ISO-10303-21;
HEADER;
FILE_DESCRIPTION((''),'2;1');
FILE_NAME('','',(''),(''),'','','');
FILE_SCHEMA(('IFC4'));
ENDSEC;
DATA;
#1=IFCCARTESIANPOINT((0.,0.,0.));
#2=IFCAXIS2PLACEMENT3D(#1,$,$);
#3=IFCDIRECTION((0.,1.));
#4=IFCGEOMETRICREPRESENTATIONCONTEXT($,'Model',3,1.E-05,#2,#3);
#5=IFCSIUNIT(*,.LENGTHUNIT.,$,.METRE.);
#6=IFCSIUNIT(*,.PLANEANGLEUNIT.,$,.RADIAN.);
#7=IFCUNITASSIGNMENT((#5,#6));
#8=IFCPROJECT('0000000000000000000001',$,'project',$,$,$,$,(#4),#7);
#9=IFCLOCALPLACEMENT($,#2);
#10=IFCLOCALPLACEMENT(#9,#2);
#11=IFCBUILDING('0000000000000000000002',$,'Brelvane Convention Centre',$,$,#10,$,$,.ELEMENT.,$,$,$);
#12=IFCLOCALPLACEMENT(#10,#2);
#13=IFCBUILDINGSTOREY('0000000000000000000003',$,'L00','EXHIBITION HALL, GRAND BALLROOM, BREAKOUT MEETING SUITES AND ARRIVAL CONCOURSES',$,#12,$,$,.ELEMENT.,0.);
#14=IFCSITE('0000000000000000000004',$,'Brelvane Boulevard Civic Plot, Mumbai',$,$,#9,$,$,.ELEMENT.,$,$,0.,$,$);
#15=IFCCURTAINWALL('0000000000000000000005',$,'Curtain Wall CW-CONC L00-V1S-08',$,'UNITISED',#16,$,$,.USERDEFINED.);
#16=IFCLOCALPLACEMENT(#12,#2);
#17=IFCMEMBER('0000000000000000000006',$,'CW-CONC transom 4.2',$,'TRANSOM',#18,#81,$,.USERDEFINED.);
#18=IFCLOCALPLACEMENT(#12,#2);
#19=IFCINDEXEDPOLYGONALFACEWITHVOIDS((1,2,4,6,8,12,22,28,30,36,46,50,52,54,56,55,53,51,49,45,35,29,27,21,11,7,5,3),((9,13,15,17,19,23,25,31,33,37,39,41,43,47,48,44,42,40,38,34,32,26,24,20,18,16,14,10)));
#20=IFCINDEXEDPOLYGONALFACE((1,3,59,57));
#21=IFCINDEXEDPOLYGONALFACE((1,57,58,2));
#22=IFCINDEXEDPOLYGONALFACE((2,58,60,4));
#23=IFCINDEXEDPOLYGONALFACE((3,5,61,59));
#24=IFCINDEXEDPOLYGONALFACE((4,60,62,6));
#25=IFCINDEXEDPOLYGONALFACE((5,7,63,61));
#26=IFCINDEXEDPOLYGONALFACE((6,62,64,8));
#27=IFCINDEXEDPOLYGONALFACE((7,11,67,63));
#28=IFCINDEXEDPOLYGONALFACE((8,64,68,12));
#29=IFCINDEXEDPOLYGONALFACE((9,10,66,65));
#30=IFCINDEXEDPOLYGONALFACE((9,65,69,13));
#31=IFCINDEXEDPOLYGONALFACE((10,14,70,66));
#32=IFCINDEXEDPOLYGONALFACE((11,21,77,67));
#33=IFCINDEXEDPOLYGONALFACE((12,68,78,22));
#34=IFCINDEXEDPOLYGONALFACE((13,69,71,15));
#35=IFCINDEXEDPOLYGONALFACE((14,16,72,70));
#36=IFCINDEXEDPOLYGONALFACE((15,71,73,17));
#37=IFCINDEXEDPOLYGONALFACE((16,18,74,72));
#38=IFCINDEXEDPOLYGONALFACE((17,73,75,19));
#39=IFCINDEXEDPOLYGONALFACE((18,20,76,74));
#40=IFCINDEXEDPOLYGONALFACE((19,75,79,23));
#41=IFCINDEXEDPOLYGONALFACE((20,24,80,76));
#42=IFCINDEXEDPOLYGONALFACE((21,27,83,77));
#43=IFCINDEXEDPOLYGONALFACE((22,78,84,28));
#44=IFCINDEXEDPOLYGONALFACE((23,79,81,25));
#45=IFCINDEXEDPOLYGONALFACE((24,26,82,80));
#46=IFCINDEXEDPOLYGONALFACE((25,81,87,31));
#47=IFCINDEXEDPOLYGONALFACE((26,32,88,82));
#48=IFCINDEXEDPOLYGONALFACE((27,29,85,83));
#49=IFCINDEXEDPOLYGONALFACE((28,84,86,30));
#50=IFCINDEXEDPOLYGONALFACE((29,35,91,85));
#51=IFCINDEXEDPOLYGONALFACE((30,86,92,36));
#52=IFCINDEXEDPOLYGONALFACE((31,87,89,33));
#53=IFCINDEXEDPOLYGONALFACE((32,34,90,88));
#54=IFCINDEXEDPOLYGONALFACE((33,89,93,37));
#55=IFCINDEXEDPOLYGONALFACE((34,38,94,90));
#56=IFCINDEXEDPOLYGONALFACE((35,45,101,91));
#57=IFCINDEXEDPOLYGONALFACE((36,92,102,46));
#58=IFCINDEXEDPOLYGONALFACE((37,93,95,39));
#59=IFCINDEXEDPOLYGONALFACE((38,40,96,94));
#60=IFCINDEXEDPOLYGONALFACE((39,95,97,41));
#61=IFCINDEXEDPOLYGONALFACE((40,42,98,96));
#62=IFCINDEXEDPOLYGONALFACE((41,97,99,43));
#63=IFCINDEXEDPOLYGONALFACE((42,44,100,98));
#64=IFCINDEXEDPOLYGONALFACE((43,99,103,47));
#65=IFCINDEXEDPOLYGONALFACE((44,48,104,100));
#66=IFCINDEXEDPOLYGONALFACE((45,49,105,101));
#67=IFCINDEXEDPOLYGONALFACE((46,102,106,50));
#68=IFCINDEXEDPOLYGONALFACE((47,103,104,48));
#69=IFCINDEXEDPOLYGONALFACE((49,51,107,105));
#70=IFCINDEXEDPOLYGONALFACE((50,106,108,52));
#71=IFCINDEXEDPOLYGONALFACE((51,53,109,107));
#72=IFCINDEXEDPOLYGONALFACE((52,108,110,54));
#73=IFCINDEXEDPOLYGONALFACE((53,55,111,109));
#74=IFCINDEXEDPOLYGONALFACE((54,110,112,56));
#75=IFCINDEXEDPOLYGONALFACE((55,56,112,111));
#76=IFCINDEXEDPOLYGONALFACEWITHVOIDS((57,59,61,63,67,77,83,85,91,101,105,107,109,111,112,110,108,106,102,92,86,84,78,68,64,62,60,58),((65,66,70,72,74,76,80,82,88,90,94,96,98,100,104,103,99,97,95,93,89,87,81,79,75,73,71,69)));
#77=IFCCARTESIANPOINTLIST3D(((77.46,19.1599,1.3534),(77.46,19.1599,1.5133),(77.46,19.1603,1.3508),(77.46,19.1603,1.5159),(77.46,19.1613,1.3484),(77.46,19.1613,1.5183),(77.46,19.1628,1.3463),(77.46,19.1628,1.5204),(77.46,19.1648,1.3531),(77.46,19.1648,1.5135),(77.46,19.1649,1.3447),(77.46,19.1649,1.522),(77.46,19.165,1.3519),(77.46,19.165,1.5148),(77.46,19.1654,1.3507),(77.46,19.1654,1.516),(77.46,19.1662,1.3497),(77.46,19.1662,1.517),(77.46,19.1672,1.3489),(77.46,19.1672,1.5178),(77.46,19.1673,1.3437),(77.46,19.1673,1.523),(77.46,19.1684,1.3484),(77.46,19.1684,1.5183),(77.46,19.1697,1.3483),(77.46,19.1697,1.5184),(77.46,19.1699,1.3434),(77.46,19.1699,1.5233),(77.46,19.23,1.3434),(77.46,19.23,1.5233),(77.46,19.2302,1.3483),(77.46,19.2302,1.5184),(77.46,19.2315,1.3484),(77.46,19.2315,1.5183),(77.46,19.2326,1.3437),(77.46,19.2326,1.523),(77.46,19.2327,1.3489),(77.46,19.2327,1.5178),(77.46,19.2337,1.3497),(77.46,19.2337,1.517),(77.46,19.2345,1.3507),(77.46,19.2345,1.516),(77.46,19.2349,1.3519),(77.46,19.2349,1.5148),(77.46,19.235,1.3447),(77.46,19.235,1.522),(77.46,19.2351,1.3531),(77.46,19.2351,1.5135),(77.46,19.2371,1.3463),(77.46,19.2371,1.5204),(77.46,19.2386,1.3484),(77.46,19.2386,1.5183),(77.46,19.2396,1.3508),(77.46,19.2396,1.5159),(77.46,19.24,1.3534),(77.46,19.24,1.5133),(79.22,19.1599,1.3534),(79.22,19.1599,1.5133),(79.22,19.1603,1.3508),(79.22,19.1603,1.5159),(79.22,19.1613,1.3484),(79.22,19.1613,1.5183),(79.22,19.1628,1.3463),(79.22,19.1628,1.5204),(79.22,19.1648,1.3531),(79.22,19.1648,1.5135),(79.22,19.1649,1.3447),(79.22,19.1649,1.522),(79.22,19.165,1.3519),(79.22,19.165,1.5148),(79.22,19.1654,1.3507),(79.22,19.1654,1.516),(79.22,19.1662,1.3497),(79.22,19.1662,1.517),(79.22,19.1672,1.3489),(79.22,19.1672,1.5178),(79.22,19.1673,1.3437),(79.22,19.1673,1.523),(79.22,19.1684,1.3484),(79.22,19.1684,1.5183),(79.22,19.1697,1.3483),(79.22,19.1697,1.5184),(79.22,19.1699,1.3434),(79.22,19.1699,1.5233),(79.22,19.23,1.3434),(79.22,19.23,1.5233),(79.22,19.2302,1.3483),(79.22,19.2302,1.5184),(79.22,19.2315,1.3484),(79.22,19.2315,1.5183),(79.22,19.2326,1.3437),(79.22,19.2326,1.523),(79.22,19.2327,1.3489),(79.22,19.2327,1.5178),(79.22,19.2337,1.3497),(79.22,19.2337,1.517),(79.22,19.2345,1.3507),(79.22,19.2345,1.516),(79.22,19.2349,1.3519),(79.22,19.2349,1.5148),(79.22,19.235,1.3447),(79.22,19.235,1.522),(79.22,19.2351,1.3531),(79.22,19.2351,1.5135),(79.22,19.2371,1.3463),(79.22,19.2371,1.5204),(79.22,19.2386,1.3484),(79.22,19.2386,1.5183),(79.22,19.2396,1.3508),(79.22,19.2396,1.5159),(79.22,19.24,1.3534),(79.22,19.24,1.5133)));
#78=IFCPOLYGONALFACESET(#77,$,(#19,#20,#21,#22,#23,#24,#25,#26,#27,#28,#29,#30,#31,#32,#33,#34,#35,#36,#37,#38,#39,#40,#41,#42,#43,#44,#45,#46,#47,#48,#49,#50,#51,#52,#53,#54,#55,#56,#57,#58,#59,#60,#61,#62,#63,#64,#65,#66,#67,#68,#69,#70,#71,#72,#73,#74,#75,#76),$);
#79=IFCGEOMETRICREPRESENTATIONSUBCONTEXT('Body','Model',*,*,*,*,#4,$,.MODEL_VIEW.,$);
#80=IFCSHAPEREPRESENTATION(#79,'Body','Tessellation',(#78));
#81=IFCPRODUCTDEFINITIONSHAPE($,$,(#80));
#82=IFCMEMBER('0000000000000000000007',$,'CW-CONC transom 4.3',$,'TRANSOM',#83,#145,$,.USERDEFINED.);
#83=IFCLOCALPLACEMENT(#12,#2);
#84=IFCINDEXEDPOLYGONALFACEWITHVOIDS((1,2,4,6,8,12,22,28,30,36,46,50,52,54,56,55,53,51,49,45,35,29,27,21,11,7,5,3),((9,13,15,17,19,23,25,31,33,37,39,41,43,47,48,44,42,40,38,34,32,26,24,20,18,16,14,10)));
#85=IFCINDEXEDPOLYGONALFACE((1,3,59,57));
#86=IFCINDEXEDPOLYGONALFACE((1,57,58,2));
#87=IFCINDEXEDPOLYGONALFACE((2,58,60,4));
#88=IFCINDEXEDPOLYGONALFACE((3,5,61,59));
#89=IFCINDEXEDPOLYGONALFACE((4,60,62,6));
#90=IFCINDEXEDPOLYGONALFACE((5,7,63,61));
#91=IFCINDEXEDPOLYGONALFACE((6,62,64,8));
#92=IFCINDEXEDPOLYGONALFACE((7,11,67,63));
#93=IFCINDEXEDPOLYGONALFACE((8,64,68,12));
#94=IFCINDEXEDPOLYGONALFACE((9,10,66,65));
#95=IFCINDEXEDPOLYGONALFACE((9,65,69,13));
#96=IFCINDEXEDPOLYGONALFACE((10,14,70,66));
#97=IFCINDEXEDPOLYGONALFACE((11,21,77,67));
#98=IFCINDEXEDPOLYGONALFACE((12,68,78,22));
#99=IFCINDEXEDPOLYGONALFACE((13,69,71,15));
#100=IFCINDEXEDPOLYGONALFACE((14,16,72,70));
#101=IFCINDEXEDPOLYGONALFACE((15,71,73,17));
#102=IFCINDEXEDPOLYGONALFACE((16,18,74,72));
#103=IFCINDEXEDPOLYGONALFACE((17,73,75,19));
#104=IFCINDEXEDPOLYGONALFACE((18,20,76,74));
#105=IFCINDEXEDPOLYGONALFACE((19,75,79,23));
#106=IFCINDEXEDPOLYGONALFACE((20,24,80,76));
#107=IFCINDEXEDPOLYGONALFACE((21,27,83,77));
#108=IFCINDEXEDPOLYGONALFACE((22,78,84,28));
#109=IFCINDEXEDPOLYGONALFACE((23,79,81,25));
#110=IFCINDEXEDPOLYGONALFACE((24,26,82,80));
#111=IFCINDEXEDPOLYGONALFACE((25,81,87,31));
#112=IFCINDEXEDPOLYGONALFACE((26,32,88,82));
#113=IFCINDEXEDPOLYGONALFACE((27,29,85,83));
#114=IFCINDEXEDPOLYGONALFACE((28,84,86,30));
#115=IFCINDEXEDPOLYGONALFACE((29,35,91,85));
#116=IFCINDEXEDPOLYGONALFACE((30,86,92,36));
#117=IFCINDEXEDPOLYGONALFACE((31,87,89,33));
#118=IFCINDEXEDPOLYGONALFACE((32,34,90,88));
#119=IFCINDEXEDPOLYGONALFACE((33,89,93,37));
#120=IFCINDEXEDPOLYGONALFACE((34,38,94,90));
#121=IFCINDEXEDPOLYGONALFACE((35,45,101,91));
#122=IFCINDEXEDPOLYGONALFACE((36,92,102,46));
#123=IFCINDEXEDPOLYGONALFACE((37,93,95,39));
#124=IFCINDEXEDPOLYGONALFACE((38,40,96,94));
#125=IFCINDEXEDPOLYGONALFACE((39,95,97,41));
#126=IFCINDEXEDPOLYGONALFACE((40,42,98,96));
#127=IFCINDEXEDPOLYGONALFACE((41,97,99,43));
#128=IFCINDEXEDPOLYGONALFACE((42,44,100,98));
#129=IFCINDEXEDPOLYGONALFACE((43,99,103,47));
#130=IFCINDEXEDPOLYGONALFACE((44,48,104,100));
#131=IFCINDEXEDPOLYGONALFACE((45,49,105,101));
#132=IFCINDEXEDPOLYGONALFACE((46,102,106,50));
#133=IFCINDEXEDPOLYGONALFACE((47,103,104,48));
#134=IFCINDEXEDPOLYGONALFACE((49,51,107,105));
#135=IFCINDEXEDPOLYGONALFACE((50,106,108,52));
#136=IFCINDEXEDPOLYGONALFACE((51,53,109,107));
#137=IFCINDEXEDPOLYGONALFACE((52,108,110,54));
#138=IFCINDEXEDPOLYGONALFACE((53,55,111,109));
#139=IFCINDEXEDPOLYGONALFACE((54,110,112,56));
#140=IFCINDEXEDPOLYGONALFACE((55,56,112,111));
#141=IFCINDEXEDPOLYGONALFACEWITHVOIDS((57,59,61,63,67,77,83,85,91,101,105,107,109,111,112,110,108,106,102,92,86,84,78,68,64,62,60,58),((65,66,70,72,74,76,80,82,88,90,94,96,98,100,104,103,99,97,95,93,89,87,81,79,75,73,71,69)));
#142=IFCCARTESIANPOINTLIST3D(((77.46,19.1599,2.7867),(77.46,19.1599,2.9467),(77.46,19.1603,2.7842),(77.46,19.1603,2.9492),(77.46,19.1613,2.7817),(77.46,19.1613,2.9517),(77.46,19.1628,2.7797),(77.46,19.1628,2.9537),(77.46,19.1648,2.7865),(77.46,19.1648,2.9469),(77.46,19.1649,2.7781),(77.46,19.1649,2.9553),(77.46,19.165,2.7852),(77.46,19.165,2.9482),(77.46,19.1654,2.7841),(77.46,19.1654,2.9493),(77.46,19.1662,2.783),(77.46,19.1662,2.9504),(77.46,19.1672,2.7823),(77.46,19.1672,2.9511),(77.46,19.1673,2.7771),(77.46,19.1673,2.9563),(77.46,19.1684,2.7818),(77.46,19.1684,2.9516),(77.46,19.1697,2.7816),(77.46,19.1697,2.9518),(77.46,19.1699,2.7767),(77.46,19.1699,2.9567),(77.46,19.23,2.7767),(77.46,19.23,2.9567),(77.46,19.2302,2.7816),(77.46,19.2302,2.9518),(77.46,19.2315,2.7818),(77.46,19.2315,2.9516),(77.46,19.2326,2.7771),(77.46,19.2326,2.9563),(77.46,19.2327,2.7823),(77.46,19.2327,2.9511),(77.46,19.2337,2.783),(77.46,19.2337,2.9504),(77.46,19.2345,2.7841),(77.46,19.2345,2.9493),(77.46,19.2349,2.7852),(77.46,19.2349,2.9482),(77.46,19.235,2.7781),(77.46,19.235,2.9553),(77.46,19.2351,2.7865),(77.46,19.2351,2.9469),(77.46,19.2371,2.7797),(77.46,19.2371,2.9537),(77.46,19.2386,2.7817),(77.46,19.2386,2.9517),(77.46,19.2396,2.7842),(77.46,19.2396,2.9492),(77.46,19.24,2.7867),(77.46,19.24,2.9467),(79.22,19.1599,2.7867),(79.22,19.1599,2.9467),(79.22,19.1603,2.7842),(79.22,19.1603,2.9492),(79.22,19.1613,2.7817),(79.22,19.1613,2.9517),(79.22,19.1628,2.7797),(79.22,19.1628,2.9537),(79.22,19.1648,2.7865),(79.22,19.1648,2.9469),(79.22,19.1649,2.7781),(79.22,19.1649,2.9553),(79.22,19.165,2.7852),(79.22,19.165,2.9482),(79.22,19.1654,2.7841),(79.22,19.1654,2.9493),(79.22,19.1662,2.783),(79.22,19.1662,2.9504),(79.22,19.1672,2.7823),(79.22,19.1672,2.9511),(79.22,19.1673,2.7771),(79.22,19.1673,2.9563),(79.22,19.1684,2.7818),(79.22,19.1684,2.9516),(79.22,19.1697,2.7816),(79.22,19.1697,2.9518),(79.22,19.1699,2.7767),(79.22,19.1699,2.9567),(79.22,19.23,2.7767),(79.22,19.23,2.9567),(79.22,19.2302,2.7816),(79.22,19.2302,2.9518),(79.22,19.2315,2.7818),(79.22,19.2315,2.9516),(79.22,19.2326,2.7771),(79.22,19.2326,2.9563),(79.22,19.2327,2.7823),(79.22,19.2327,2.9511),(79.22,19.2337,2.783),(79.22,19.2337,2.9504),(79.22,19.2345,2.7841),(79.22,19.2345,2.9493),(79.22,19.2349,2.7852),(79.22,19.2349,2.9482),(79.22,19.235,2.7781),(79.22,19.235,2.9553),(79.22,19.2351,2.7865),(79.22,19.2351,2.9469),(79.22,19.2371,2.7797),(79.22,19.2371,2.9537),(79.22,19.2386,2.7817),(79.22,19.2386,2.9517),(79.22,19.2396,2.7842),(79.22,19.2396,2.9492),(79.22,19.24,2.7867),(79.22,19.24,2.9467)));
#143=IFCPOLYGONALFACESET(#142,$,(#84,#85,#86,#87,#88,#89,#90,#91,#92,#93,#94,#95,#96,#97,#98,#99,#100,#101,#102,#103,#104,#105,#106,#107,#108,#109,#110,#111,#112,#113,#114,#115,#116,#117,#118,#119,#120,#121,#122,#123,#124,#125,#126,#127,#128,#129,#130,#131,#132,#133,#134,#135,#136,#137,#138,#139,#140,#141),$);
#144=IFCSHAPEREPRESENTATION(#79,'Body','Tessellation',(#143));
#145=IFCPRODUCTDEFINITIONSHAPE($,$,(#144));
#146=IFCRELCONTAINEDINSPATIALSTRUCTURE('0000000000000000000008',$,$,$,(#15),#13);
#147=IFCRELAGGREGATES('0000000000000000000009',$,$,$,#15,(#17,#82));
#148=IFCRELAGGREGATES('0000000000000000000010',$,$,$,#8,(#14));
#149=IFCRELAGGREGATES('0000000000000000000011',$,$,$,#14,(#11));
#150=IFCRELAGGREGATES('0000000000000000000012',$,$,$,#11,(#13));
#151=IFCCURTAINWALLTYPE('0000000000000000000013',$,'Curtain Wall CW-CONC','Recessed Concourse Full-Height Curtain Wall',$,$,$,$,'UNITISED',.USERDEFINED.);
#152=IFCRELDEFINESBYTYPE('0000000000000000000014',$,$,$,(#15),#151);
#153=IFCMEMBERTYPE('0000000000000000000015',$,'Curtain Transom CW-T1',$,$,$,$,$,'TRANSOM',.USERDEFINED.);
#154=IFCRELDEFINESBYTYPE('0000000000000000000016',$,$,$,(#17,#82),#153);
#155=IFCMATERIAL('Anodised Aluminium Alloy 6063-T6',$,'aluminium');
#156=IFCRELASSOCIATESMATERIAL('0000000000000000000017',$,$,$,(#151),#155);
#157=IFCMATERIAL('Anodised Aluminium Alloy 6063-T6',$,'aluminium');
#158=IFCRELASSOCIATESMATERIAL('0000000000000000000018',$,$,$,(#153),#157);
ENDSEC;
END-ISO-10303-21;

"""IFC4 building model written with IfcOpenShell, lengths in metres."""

from ifc_helpers import new_model, si_unit, direction, frame, origin, origin_2d, place, context, subcontext, project, spatial, hollow_rectangle, extrude, material, material_profile, profile_set, type_object, element, aggregate, save


model = new_model("IFC4")

# Units and contexts
model_context = context("Model", 3, precision=1e-05, world=origin(), true_north=direction((0.0, 1.0)))
body_context = subcontext(model_context, "Body", "Model", "MODEL_VIEW")
ifc_project = project(units=[si_unit("LENGTHUNIT", "METRE"), si_unit("PLANEANGLEUNIT", "RADIAN")], contexts=[model_context])

# Site, building, storey
site_placement = place(None, origin())
site = spatial("IfcSite", under=ifc_project, at=site_placement, Name="Brelvane Boulevard Civic Plot, Mumbai", CompositionType="ELEMENT", RefElevation=0.0)
building_placement = place(site_placement, origin())
building = spatial("IfcBuilding", under=site, at=building_placement, Name="Brelvane Convention Centre", CompositionType="ELEMENT")
storey_placement = place(building_placement, origin())
storey = spatial("IfcBuildingStorey", under=building, at=storey_placement, Name="L00", Description="EXHIBITION HALL, GRAND BALLROOM, BREAKOUT MEETING SUITES AND ARRIVAL CONCOURSES", CompositionType="ELEMENT", Elevation=0.0)

# Curtain wall, members
ifc_material_1 = material(Name="Anodised Aluminium Alloy 6063-T6", Category="aluminium")
curtain_wall_type = type_object("IfcCurtainWallType", Name="Curtain Wall CW-CONC", Description="Recessed Concourse Full-Height Curtain Wall", ElementType="UNITISED", PredefinedType="USERDEFINED", material=ifc_material_1)
curtain_wall_placement = place(storey_placement, origin())
curtain_wall = element("IfcCurtainWall", 1, at=curtain_wall_placement, inside=storey, type_object=curtain_wall_type, Name="Curtain Wall CW-CONC L00-V1S-08", ObjectType="UNITISED", PredefinedType="USERDEFINED")
ifc_material_2 = material(Name="Anodised Aluminium Alloy 6063-T6", Category="aluminium")
ifc_material_profile_1 = material_profile(ifc_material_2, hollow_rectangle(XDim=0.0801, YDim=0.1799, WallThickness=0.0049, InnerFilletRadius=0.0049, OuterFilletRadius=0.01, at=origin_2d()), Name="ALU-T 180x80x5.0")
ifc_profile_set_1 = profile_set([ifc_material_profile_1], Name="Anodised Aluminium Alloy 6063-T6")
member_type_1 = type_object("IfcMemberType", Name="Curtain Transom CW-T1", ElementType="TRANSOM", PredefinedType="USERDEFINED", material=ifc_profile_set_1)
member_1_placement = place(storey_placement, frame((77.46, 19.2, 1.4333), z_axis=(1.0, 0.0, 0.0), x_axis=(0.0, 1.0, 0.0)))
member_1 = element("IfcMember", 2, at=member_1_placement, type_object=member_type_1, Name="CW-CONC transom 4.2", ObjectType="TRANSOM", PredefinedType="USERDEFINED", context=body_context, shape_type="SweptSolid", body=[
    extrude(hollow_rectangle(XDim=0.0801, YDim=0.1799, WallThickness=0.0049, InnerFilletRadius=0.0049, OuterFilletRadius=0.01, at=origin_2d()), origin(), (0.0, 0.0, 1.0), 1.76),
])
member_2_placement = place(storey_placement, frame((77.46, 19.2, 2.8667), z_axis=(1.0, 0.0, 0.0), x_axis=(0.0, 1.0, 0.0)))
member_2 = element("IfcMember", 3, at=member_2_placement, type_object=member_type_1, Name="CW-CONC transom 4.3", ObjectType="TRANSOM", PredefinedType="USERDEFINED", context=body_context, shape_type="SweptSolid", body=[
    extrude(hollow_rectangle(XDim=0.0801, YDim=0.1799, WallThickness=0.0049, InnerFilletRadius=0.0049, OuterFilletRadius=0.01, at=origin_2d()), origin(), (0.0, 0.0, 1.0), 1.76),
])
aggregate(curtain_wall, [member_1, member_2])

save(model, "model.ifc")
